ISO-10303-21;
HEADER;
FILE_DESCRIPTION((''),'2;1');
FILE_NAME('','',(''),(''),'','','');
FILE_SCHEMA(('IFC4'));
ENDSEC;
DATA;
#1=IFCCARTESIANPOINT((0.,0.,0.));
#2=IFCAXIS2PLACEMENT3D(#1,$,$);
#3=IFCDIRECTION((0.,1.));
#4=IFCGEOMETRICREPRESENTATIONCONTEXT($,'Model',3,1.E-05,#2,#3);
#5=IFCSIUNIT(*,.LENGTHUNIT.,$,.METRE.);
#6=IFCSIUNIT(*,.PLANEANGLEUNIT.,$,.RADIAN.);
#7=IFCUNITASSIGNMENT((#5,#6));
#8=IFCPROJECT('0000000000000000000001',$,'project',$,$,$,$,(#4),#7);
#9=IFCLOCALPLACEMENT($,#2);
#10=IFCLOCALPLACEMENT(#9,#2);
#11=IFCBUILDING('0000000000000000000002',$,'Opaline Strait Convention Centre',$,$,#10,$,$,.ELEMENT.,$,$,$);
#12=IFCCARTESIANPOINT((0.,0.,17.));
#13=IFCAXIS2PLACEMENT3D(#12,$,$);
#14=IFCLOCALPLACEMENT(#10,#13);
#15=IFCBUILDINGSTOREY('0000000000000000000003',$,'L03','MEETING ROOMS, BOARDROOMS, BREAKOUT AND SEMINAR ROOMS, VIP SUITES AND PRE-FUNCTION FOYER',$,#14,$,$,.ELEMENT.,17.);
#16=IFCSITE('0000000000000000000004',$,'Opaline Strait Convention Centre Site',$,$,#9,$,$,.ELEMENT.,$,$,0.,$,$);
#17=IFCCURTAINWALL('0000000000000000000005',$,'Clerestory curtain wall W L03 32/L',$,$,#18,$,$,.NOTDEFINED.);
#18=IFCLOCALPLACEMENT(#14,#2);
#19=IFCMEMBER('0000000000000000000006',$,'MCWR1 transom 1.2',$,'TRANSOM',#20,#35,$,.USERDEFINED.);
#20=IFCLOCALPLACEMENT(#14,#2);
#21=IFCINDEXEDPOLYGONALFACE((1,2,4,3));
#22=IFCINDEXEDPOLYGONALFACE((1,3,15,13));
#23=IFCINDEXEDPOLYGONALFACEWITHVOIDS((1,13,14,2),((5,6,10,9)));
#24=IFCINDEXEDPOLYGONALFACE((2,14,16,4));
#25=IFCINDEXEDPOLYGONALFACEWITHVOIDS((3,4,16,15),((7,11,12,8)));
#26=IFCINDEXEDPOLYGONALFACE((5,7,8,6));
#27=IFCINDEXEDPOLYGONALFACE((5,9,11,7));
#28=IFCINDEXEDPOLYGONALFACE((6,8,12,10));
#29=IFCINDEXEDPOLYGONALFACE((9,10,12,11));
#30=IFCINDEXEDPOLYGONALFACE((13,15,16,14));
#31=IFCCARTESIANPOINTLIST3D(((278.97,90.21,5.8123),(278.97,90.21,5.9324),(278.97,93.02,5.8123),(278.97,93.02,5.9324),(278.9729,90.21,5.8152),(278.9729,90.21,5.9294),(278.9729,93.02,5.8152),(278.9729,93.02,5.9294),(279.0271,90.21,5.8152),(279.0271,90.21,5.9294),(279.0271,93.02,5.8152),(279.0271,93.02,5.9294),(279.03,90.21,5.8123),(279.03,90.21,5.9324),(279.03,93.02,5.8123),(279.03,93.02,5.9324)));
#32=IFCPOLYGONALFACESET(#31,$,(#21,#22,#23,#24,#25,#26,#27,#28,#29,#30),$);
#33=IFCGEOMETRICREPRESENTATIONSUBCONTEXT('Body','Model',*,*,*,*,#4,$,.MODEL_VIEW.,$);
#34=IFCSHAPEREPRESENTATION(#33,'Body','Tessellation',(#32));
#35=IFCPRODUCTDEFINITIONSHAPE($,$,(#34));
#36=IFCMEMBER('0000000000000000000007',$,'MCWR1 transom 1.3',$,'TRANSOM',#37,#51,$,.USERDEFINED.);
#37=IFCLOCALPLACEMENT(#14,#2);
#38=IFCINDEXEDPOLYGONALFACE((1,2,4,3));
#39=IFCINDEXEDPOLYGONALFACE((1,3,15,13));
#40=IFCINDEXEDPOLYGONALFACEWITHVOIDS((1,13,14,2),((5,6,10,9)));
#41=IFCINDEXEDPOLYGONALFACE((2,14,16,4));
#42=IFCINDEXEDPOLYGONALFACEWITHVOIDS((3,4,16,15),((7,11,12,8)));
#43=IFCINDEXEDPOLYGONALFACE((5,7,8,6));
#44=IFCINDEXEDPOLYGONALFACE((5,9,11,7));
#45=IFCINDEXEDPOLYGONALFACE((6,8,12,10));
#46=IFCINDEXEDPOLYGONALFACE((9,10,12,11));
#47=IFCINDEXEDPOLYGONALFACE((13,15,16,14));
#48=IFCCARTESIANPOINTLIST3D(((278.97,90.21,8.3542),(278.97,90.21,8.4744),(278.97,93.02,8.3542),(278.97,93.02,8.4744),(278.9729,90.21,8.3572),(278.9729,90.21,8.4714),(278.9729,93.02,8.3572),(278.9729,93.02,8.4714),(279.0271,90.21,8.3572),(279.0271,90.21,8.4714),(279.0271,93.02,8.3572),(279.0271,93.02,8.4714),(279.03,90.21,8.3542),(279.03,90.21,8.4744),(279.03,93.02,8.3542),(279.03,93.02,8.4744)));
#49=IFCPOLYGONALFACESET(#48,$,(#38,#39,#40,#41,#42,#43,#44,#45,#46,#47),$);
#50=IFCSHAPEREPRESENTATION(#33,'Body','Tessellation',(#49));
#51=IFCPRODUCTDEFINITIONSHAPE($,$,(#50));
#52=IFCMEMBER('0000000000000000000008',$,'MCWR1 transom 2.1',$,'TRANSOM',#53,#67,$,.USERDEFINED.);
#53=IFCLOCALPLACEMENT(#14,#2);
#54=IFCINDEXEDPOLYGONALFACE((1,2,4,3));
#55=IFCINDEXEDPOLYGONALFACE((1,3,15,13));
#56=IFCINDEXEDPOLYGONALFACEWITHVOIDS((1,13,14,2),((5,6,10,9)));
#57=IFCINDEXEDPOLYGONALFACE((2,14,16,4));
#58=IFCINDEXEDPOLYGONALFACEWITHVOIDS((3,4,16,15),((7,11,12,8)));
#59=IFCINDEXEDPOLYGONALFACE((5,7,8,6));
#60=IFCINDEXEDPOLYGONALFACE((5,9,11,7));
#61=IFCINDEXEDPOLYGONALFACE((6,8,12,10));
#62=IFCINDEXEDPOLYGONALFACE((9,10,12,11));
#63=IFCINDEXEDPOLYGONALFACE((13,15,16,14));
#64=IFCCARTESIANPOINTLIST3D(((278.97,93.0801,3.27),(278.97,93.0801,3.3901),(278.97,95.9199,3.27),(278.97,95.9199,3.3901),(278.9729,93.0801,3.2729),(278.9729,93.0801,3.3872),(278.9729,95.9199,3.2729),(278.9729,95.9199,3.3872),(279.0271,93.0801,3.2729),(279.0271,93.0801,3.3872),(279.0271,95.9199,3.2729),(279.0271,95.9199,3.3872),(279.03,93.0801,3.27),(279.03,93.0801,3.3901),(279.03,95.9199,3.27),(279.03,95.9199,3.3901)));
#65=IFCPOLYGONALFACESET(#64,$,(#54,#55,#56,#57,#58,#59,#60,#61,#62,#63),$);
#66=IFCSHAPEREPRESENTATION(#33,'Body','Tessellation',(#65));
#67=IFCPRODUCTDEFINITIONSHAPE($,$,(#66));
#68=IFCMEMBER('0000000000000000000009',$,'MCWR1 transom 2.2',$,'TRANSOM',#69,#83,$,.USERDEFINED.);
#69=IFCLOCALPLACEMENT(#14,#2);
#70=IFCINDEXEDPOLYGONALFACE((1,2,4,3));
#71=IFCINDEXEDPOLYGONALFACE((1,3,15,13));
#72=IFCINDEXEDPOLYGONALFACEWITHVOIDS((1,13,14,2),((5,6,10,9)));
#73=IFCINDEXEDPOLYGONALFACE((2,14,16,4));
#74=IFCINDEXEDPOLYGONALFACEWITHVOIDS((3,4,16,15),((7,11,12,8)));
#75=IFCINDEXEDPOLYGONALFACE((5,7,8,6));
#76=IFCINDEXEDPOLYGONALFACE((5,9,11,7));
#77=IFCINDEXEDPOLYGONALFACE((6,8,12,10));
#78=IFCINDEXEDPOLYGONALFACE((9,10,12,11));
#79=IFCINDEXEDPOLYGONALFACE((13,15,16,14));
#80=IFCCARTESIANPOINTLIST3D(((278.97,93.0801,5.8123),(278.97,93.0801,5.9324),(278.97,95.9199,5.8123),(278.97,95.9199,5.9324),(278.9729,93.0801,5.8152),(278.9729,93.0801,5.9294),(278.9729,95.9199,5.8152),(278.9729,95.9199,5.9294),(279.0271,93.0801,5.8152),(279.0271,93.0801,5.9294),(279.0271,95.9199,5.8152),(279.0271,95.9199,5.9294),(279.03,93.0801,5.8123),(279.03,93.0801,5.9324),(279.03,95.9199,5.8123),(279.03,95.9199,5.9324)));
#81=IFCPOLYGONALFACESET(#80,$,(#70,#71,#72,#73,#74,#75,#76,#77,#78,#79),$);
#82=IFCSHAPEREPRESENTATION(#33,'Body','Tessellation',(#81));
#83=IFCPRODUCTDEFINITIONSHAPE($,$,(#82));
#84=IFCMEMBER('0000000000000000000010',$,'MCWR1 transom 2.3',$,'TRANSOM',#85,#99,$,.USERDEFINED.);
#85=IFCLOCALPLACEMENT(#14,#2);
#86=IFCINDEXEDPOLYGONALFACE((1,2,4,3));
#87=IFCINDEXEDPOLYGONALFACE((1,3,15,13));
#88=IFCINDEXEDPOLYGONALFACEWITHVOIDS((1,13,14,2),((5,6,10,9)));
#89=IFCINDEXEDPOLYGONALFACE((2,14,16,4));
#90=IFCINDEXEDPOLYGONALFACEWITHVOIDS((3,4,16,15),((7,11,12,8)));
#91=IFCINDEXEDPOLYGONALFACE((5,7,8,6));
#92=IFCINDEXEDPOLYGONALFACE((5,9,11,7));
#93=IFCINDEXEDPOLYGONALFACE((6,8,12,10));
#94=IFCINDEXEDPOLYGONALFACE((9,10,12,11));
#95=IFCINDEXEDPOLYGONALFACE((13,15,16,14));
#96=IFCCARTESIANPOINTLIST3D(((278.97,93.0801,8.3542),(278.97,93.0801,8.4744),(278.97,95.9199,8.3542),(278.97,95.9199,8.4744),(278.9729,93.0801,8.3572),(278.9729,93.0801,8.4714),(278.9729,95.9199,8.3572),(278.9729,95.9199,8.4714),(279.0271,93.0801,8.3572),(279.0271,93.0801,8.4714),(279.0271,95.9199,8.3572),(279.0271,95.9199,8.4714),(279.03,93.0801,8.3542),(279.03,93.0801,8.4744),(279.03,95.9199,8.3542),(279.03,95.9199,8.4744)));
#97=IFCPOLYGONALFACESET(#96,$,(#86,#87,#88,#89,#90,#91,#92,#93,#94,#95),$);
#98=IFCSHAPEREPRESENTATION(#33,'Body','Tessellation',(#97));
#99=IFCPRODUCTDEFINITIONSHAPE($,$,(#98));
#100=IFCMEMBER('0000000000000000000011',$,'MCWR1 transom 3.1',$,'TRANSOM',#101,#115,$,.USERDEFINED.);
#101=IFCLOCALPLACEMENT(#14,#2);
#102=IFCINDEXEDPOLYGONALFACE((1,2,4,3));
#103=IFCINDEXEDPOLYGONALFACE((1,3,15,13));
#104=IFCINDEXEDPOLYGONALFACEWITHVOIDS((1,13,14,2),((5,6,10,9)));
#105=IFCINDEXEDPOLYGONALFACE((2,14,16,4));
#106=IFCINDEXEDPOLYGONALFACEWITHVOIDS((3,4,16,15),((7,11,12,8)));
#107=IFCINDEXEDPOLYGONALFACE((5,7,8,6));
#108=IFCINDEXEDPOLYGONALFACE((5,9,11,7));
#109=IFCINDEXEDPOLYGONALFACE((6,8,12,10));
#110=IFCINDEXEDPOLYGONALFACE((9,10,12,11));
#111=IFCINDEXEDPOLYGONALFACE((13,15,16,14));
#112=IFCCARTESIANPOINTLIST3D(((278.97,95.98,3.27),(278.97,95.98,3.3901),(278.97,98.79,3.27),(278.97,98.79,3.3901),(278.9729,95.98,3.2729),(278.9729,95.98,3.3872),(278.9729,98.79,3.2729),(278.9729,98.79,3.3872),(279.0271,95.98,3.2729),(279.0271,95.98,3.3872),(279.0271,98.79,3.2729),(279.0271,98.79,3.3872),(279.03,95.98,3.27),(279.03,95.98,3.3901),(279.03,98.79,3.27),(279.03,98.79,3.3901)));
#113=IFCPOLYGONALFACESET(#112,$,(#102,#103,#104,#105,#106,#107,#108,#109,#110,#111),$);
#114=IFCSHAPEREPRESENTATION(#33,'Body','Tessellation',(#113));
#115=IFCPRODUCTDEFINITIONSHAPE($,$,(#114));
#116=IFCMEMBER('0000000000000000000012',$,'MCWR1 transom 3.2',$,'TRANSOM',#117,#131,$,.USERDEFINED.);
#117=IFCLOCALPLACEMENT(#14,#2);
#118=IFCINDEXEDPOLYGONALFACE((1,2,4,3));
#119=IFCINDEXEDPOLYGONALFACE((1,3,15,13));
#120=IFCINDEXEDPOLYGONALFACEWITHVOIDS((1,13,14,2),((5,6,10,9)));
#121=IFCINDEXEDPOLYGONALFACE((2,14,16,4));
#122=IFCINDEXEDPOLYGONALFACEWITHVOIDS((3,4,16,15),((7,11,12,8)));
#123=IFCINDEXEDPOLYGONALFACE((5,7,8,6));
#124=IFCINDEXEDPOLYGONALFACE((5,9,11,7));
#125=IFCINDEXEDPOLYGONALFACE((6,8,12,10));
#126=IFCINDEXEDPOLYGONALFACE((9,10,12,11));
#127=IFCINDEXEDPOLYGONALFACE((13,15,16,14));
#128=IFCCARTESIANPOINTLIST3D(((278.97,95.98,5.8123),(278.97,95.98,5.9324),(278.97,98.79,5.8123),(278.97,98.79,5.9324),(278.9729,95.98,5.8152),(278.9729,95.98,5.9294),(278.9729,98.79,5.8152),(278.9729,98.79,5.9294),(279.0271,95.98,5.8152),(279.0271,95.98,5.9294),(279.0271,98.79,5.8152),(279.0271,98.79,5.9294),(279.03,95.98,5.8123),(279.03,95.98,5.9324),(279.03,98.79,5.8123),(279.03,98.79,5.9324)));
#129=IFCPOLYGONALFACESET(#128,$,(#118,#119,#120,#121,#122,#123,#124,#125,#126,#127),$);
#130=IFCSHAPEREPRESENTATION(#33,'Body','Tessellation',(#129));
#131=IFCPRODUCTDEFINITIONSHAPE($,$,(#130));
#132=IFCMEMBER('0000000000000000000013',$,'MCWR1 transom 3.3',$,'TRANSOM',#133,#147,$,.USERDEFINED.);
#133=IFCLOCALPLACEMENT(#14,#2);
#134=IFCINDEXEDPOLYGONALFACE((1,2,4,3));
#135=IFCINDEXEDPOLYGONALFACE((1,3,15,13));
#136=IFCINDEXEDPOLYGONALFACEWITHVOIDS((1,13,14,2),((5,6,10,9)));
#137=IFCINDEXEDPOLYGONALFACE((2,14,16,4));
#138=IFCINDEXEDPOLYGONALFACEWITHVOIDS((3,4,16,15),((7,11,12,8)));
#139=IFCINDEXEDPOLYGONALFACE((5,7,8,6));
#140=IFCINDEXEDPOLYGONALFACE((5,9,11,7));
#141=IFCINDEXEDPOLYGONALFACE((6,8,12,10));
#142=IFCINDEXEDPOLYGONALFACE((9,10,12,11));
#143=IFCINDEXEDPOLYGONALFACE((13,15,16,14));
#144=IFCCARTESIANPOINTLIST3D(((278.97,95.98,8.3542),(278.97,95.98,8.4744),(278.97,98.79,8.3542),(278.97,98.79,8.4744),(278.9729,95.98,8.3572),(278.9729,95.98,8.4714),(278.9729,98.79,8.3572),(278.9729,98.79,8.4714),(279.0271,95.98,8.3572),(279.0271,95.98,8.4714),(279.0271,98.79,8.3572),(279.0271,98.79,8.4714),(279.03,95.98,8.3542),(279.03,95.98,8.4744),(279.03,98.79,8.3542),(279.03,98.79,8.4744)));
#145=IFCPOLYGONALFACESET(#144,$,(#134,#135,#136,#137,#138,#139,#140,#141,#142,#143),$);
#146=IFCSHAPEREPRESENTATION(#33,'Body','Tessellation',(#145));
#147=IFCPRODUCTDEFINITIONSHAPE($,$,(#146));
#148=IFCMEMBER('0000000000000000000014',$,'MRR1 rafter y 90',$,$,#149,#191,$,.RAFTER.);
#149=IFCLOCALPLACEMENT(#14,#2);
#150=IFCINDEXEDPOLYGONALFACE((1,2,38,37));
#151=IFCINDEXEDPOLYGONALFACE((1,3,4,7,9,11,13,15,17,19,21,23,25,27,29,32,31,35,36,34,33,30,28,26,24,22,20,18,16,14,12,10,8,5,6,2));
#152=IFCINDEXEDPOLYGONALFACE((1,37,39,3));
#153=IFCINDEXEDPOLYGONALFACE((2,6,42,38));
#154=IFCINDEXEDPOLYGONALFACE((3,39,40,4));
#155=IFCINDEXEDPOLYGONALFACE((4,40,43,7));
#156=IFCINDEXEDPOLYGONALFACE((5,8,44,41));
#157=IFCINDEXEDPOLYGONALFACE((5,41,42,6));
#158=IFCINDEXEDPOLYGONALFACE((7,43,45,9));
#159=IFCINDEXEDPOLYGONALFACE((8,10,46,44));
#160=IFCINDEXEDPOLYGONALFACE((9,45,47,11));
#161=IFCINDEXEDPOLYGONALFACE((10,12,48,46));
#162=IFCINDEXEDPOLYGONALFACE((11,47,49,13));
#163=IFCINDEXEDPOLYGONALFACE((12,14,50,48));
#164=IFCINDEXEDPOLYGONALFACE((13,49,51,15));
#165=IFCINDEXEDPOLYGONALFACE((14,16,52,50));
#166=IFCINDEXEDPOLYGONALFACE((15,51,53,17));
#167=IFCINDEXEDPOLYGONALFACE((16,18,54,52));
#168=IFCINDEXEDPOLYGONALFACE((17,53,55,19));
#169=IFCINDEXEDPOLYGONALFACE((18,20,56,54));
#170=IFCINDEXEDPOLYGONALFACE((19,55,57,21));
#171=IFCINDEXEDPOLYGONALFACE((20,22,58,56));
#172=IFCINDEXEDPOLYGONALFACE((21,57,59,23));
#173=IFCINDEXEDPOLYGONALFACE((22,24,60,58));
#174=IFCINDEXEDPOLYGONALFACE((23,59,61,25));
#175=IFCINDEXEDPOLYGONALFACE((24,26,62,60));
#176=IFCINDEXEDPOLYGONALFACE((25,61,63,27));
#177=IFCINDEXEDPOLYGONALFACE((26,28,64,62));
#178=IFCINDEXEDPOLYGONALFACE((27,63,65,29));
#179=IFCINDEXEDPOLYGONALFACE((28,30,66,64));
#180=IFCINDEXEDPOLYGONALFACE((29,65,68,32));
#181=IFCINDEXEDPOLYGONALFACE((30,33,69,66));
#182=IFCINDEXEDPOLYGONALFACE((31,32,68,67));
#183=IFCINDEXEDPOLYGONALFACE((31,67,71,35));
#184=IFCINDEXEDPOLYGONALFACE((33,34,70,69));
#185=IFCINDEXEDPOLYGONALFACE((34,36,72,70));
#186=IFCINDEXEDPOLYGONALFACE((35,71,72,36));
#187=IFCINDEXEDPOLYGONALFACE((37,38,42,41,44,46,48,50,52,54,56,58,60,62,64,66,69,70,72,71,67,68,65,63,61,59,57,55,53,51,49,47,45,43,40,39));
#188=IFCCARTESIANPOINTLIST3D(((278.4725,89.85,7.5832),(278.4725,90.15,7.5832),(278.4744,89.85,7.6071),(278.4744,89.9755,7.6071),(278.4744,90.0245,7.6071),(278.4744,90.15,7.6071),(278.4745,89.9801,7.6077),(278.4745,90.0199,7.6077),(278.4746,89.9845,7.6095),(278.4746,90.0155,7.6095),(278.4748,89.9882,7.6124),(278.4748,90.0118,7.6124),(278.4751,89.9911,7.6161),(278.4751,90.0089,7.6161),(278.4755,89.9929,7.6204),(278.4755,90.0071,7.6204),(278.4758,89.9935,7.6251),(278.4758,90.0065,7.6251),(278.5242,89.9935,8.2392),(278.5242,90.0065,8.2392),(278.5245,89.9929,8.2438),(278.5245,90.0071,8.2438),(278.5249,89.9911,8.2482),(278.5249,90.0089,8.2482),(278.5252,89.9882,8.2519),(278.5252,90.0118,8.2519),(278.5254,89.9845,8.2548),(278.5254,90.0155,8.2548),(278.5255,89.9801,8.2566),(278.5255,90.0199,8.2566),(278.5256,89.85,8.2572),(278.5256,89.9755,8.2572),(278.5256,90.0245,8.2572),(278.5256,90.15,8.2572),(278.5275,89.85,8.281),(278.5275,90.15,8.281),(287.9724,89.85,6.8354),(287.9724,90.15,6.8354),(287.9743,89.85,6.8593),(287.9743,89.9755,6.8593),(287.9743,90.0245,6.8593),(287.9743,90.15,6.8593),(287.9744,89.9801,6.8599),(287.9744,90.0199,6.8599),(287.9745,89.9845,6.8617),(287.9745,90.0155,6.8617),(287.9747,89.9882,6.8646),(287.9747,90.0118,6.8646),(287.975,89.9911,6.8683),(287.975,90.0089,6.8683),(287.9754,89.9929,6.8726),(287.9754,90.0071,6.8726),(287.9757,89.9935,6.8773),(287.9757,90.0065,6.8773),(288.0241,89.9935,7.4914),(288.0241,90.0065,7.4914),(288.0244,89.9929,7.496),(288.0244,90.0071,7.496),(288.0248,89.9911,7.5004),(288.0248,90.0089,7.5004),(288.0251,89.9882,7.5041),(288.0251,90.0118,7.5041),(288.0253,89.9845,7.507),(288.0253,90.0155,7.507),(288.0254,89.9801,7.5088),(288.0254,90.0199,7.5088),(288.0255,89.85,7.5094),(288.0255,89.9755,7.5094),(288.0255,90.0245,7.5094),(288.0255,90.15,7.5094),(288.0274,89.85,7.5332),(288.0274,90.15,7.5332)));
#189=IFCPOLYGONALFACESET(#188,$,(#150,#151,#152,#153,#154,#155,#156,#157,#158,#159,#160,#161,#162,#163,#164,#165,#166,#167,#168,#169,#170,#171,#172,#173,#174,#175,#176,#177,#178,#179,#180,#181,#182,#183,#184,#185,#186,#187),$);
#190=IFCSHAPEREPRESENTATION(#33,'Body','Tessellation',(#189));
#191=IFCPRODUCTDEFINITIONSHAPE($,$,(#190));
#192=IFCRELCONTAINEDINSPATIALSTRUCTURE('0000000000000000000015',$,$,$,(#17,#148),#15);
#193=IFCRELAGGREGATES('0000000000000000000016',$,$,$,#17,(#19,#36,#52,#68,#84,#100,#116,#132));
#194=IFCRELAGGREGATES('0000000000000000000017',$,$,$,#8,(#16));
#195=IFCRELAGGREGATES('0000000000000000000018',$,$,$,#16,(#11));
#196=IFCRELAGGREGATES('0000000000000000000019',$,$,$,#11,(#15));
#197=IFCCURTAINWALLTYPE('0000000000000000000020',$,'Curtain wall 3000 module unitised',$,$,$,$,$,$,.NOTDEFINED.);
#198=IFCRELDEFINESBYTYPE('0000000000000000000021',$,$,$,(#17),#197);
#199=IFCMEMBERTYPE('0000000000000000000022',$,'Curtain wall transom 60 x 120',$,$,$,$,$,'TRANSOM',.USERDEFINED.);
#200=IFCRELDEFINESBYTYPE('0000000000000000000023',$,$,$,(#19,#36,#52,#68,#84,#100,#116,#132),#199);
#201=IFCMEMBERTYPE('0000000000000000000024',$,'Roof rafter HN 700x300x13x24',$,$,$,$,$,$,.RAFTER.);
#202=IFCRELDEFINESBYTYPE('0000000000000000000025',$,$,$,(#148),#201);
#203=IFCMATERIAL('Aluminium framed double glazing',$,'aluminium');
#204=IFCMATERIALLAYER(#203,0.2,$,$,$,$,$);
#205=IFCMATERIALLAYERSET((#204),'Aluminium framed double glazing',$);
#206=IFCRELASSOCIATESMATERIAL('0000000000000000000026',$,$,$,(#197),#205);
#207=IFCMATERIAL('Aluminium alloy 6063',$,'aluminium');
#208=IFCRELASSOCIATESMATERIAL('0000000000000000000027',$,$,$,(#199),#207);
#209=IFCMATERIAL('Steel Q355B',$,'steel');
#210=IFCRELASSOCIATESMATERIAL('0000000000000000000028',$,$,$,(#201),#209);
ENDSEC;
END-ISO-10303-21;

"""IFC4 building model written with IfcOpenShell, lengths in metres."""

from ifc_helpers import new_model, si_unit, direction, frame, origin, origin_2d, place, context, subcontext, project, spatial, hollow_rectangle, i_section, extrude, material, layer, layer_set, material_profile, profile_set, type_object, element, aggregate, save


model = new_model("IFC4")

# Units and contexts
model_context = context("Model", 3, precision=1e-05, world=origin(), true_north=direction((0.0, 1.0)))
body_context = subcontext(model_context, "Body", "Model", "MODEL_VIEW")
ifc_project = project(units=[si_unit("LENGTHUNIT", "METRE"), si_unit("PLANEANGLEUNIT", "RADIAN")], contexts=[model_context])

# Site, building, storey
site_placement = place(None, origin())
site = spatial("IfcSite", under=ifc_project, at=site_placement, Name="Opaline Strait Convention Centre Site", CompositionType="ELEMENT", RefElevation=0.0)
building_placement = place(site_placement, origin())
building = spatial("IfcBuilding", under=site, at=building_placement, Name="Opaline Strait Convention Centre", CompositionType="ELEMENT")
storey_placement = place(building_placement, frame((0.0, 0.0, 17.0)))
storey = spatial("IfcBuildingStorey", under=building, at=storey_placement, Name="L03", Description="MEETING ROOMS, BOARDROOMS, BREAKOUT AND SEMINAR ROOMS, VIP SUITES AND PRE-FUNCTION FOYER", CompositionType="ELEMENT", Elevation=17.0)

# Shared definitions
ifc_material_1 = material(Name="Steel Q355B", Category="steel")

# Curtain wall, members
ifc_material_2 = material(Name="Aluminium framed double glazing", Category="aluminium")
ifc_layer_1 = layer(ifc_material_2, 0.2)
ifc_layer_set_1 = layer_set([ifc_layer_1], Name="Aluminium framed double glazing")
curtain_wall_type = type_object("IfcCurtainWallType", Name="Curtain wall 3000 module unitised", PredefinedType="NOTDEFINED", material=ifc_layer_set_1)
curtain_wall_placement = place(storey_placement, origin())
curtain_wall = element("IfcCurtainWall", 1, at=curtain_wall_placement, inside=storey, type_object=curtain_wall_type, Name="Clerestory curtain wall W L03 32/L", PredefinedType="NOTDEFINED")
ifc_material_3 = material(Name="Aluminium alloy 6063", Category="aluminium")
ifc_material_profile_1 = material_profile(ifc_material_3, hollow_rectangle(XDim=0.0601, YDim=0.1201, WallThickness=0.0029, at=origin_2d()), Name="TRANSOM 60x120x3")
ifc_profile_set_1 = profile_set([ifc_material_profile_1], Name="Aluminium alloy 6063")
member_type_1 = type_object("IfcMemberType", Name="Curtain wall transom 60 x 120", ElementType="TRANSOM", PredefinedType="USERDEFINED", material=ifc_profile_set_1)
member_1_placement = place(storey_placement, frame((279.0, 90.21, 5.8723), z_axis=(0.0, 1.0, 0.0), x_axis=(-1.0, 0.0, 0.0)))
member_1 = element("IfcMember", 2, at=member_1_placement, type_object=member_type_1, Name="MCWR1 transom 1.2", ObjectType="TRANSOM", PredefinedType="USERDEFINED", context=body_context, shape_type="SweptSolid", body=[
    extrude(hollow_rectangle(XDim=0.0601, YDim=0.1201, WallThickness=0.0029, at=origin_2d()), origin(), (0.0, 0.0, 1.0), 2.8101),
])
member_2_placement = place(storey_placement, frame((279.0, 90.21, 8.4143), z_axis=(0.0, 1.0, 0.0), x_axis=(-1.0, 0.0, 0.0)))
member_2 = element("IfcMember", 3, at=member_2_placement, type_object=member_type_1, Name="MCWR1 transom 1.3", ObjectType="TRANSOM", PredefinedType="USERDEFINED", context=body_context, shape_type="SweptSolid", body=[
    extrude(hollow_rectangle(XDim=0.0601, YDim=0.1201, WallThickness=0.0029, at=origin_2d()), origin(), (0.0, 0.0, 1.0), 2.8101),
])
member_3_placement = place(storey_placement, frame((279.0, 93.0801, 3.3301), z_axis=(0.0, 1.0, 0.0), x_axis=(-1.0, 0.0, 0.0)))
member_3 = element("IfcMember", 4, at=member_3_placement, type_object=member_type_1, Name="MCWR1 transom 2.1", ObjectType="TRANSOM", PredefinedType="USERDEFINED", context=body_context, shape_type="SweptSolid", body=[
    extrude(hollow_rectangle(XDim=0.0601, YDim=0.1201, WallThickness=0.0029, at=origin_2d()), origin(), (0.0, 0.0, 1.0), 2.8398),
])
member_4_placement = place(storey_placement, frame((279.0, 93.0801, 5.8723), z_axis=(0.0, 1.0, 0.0), x_axis=(-1.0, 0.0, 0.0)))
member_4 = element("IfcMember", 5, at=member_4_placement, type_object=member_type_1, Name="MCWR1 transom 2.2", ObjectType="TRANSOM", PredefinedType="USERDEFINED", context=body_context, shape_type="SweptSolid", body=[
    extrude(hollow_rectangle(XDim=0.0601, YDim=0.1201, WallThickness=0.0029, at=origin_2d()), origin(), (0.0, 0.0, 1.0), 2.8398),
])
member_5_placement = place(storey_placement, frame((279.0, 93.0801, 8.4143), z_axis=(0.0, 1.0, 0.0), x_axis=(-1.0, 0.0, 0.0)))
member_5 = element("IfcMember", 6, at=member_5_placement, type_object=member_type_1, Name="MCWR1 transom 2.3", ObjectType="TRANSOM", PredefinedType="USERDEFINED", context=body_context, shape_type="SweptSolid", body=[
    extrude(hollow_rectangle(XDim=0.0601, YDim=0.1201, WallThickness=0.0029, at=origin_2d()), origin(), (0.0, 0.0, 1.0), 2.8398),
])
member_6_placement = place(storey_placement, frame((279.0, 95.98, 3.3301), z_axis=(0.0, 1.0, 0.0), x_axis=(-1.0, 0.0, 0.0)))
member_6 = element("IfcMember", 7, at=member_6_placement, type_object=member_type_1, Name="MCWR1 transom 3.1", ObjectType="TRANSOM", PredefinedType="USERDEFINED", context=body_context, shape_type="SweptSolid", body=[
    extrude(hollow_rectangle(XDim=0.0601, YDim=0.1201, WallThickness=0.0029, at=origin_2d()), origin(), (0.0, 0.0, 1.0), 2.8101),
])
member_7_placement = place(storey_placement, frame((279.0, 95.98, 5.8723), z_axis=(0.0, 1.0, 0.0), x_axis=(-1.0, 0.0, 0.0)))
member_7 = element("IfcMember", 8, at=member_7_placement, type_object=member_type_1, Name="MCWR1 transom 3.2", ObjectType="TRANSOM", PredefinedType="USERDEFINED", context=body_context, shape_type="SweptSolid", body=[
    extrude(hollow_rectangle(XDim=0.0601, YDim=0.1201, WallThickness=0.0029, at=origin_2d()), origin(), (0.0, 0.0, 1.0), 2.8101),
])
member_8_placement = place(storey_placement, frame((279.0, 95.98, 8.4143), z_axis=(0.0, 1.0, 0.0), x_axis=(-1.0, 0.0, 0.0)))
member_8 = element("IfcMember", 9, at=member_8_placement, type_object=member_type_1, Name="MCWR1 transom 3.3", ObjectType="TRANSOM", PredefinedType="USERDEFINED", context=body_context, shape_type="SweptSolid", body=[
    extrude(hollow_rectangle(XDim=0.0601, YDim=0.1201, WallThickness=0.0029, at=origin_2d()), origin(), (0.0, 0.0, 1.0), 2.8101),
])

# Member
ifc_material_profile_2 = material_profile(ifc_material_1, i_section(OverallWidth=0.3, OverallDepth=0.7, WebThickness=0.0129, FlangeThickness=0.0239, FilletRadius=0.0181, at=origin_2d()), Name="HN 700x300x13x24")
ifc_profile_set_2 = profile_set([ifc_material_profile_2], Name="Steel Q355B")
member_type_2 = type_object("IfcMemberType", Name="Roof rafter HN 700x300x13x24", PredefinedType="RAFTER", material=ifc_profile_set_2)
for number, where, z_axis, x_axis, name in (
    (10, (278.5, 90.0, 7.9321), (0.996916, 0.0, -0.078473), (0.0, 1.0, 0.0), "MRR1 rafter y 90"),
):
    element("IfcMember", number, at=place(storey_placement, frame(where, z_axis=z_axis, x_axis=x_axis)), inside=storey, type_object=member_type_2, Name=name, PredefinedType="RAFTER", context=body_context, shape_type="SweptSolid", body=[
        extrude(i_section(OverallWidth=0.3, OverallDepth=0.7, WebThickness=0.0129, FlangeThickness=0.0239, FilletRadius=0.0181, at=origin_2d()), origin(), (0.0, 0.0, 1.0), 9.5293),
    ])

aggregate(curtain_wall, [member_1, member_2, member_3, member_4, member_5, member_6, member_7, member_8])

save(model, "model.ifc")
